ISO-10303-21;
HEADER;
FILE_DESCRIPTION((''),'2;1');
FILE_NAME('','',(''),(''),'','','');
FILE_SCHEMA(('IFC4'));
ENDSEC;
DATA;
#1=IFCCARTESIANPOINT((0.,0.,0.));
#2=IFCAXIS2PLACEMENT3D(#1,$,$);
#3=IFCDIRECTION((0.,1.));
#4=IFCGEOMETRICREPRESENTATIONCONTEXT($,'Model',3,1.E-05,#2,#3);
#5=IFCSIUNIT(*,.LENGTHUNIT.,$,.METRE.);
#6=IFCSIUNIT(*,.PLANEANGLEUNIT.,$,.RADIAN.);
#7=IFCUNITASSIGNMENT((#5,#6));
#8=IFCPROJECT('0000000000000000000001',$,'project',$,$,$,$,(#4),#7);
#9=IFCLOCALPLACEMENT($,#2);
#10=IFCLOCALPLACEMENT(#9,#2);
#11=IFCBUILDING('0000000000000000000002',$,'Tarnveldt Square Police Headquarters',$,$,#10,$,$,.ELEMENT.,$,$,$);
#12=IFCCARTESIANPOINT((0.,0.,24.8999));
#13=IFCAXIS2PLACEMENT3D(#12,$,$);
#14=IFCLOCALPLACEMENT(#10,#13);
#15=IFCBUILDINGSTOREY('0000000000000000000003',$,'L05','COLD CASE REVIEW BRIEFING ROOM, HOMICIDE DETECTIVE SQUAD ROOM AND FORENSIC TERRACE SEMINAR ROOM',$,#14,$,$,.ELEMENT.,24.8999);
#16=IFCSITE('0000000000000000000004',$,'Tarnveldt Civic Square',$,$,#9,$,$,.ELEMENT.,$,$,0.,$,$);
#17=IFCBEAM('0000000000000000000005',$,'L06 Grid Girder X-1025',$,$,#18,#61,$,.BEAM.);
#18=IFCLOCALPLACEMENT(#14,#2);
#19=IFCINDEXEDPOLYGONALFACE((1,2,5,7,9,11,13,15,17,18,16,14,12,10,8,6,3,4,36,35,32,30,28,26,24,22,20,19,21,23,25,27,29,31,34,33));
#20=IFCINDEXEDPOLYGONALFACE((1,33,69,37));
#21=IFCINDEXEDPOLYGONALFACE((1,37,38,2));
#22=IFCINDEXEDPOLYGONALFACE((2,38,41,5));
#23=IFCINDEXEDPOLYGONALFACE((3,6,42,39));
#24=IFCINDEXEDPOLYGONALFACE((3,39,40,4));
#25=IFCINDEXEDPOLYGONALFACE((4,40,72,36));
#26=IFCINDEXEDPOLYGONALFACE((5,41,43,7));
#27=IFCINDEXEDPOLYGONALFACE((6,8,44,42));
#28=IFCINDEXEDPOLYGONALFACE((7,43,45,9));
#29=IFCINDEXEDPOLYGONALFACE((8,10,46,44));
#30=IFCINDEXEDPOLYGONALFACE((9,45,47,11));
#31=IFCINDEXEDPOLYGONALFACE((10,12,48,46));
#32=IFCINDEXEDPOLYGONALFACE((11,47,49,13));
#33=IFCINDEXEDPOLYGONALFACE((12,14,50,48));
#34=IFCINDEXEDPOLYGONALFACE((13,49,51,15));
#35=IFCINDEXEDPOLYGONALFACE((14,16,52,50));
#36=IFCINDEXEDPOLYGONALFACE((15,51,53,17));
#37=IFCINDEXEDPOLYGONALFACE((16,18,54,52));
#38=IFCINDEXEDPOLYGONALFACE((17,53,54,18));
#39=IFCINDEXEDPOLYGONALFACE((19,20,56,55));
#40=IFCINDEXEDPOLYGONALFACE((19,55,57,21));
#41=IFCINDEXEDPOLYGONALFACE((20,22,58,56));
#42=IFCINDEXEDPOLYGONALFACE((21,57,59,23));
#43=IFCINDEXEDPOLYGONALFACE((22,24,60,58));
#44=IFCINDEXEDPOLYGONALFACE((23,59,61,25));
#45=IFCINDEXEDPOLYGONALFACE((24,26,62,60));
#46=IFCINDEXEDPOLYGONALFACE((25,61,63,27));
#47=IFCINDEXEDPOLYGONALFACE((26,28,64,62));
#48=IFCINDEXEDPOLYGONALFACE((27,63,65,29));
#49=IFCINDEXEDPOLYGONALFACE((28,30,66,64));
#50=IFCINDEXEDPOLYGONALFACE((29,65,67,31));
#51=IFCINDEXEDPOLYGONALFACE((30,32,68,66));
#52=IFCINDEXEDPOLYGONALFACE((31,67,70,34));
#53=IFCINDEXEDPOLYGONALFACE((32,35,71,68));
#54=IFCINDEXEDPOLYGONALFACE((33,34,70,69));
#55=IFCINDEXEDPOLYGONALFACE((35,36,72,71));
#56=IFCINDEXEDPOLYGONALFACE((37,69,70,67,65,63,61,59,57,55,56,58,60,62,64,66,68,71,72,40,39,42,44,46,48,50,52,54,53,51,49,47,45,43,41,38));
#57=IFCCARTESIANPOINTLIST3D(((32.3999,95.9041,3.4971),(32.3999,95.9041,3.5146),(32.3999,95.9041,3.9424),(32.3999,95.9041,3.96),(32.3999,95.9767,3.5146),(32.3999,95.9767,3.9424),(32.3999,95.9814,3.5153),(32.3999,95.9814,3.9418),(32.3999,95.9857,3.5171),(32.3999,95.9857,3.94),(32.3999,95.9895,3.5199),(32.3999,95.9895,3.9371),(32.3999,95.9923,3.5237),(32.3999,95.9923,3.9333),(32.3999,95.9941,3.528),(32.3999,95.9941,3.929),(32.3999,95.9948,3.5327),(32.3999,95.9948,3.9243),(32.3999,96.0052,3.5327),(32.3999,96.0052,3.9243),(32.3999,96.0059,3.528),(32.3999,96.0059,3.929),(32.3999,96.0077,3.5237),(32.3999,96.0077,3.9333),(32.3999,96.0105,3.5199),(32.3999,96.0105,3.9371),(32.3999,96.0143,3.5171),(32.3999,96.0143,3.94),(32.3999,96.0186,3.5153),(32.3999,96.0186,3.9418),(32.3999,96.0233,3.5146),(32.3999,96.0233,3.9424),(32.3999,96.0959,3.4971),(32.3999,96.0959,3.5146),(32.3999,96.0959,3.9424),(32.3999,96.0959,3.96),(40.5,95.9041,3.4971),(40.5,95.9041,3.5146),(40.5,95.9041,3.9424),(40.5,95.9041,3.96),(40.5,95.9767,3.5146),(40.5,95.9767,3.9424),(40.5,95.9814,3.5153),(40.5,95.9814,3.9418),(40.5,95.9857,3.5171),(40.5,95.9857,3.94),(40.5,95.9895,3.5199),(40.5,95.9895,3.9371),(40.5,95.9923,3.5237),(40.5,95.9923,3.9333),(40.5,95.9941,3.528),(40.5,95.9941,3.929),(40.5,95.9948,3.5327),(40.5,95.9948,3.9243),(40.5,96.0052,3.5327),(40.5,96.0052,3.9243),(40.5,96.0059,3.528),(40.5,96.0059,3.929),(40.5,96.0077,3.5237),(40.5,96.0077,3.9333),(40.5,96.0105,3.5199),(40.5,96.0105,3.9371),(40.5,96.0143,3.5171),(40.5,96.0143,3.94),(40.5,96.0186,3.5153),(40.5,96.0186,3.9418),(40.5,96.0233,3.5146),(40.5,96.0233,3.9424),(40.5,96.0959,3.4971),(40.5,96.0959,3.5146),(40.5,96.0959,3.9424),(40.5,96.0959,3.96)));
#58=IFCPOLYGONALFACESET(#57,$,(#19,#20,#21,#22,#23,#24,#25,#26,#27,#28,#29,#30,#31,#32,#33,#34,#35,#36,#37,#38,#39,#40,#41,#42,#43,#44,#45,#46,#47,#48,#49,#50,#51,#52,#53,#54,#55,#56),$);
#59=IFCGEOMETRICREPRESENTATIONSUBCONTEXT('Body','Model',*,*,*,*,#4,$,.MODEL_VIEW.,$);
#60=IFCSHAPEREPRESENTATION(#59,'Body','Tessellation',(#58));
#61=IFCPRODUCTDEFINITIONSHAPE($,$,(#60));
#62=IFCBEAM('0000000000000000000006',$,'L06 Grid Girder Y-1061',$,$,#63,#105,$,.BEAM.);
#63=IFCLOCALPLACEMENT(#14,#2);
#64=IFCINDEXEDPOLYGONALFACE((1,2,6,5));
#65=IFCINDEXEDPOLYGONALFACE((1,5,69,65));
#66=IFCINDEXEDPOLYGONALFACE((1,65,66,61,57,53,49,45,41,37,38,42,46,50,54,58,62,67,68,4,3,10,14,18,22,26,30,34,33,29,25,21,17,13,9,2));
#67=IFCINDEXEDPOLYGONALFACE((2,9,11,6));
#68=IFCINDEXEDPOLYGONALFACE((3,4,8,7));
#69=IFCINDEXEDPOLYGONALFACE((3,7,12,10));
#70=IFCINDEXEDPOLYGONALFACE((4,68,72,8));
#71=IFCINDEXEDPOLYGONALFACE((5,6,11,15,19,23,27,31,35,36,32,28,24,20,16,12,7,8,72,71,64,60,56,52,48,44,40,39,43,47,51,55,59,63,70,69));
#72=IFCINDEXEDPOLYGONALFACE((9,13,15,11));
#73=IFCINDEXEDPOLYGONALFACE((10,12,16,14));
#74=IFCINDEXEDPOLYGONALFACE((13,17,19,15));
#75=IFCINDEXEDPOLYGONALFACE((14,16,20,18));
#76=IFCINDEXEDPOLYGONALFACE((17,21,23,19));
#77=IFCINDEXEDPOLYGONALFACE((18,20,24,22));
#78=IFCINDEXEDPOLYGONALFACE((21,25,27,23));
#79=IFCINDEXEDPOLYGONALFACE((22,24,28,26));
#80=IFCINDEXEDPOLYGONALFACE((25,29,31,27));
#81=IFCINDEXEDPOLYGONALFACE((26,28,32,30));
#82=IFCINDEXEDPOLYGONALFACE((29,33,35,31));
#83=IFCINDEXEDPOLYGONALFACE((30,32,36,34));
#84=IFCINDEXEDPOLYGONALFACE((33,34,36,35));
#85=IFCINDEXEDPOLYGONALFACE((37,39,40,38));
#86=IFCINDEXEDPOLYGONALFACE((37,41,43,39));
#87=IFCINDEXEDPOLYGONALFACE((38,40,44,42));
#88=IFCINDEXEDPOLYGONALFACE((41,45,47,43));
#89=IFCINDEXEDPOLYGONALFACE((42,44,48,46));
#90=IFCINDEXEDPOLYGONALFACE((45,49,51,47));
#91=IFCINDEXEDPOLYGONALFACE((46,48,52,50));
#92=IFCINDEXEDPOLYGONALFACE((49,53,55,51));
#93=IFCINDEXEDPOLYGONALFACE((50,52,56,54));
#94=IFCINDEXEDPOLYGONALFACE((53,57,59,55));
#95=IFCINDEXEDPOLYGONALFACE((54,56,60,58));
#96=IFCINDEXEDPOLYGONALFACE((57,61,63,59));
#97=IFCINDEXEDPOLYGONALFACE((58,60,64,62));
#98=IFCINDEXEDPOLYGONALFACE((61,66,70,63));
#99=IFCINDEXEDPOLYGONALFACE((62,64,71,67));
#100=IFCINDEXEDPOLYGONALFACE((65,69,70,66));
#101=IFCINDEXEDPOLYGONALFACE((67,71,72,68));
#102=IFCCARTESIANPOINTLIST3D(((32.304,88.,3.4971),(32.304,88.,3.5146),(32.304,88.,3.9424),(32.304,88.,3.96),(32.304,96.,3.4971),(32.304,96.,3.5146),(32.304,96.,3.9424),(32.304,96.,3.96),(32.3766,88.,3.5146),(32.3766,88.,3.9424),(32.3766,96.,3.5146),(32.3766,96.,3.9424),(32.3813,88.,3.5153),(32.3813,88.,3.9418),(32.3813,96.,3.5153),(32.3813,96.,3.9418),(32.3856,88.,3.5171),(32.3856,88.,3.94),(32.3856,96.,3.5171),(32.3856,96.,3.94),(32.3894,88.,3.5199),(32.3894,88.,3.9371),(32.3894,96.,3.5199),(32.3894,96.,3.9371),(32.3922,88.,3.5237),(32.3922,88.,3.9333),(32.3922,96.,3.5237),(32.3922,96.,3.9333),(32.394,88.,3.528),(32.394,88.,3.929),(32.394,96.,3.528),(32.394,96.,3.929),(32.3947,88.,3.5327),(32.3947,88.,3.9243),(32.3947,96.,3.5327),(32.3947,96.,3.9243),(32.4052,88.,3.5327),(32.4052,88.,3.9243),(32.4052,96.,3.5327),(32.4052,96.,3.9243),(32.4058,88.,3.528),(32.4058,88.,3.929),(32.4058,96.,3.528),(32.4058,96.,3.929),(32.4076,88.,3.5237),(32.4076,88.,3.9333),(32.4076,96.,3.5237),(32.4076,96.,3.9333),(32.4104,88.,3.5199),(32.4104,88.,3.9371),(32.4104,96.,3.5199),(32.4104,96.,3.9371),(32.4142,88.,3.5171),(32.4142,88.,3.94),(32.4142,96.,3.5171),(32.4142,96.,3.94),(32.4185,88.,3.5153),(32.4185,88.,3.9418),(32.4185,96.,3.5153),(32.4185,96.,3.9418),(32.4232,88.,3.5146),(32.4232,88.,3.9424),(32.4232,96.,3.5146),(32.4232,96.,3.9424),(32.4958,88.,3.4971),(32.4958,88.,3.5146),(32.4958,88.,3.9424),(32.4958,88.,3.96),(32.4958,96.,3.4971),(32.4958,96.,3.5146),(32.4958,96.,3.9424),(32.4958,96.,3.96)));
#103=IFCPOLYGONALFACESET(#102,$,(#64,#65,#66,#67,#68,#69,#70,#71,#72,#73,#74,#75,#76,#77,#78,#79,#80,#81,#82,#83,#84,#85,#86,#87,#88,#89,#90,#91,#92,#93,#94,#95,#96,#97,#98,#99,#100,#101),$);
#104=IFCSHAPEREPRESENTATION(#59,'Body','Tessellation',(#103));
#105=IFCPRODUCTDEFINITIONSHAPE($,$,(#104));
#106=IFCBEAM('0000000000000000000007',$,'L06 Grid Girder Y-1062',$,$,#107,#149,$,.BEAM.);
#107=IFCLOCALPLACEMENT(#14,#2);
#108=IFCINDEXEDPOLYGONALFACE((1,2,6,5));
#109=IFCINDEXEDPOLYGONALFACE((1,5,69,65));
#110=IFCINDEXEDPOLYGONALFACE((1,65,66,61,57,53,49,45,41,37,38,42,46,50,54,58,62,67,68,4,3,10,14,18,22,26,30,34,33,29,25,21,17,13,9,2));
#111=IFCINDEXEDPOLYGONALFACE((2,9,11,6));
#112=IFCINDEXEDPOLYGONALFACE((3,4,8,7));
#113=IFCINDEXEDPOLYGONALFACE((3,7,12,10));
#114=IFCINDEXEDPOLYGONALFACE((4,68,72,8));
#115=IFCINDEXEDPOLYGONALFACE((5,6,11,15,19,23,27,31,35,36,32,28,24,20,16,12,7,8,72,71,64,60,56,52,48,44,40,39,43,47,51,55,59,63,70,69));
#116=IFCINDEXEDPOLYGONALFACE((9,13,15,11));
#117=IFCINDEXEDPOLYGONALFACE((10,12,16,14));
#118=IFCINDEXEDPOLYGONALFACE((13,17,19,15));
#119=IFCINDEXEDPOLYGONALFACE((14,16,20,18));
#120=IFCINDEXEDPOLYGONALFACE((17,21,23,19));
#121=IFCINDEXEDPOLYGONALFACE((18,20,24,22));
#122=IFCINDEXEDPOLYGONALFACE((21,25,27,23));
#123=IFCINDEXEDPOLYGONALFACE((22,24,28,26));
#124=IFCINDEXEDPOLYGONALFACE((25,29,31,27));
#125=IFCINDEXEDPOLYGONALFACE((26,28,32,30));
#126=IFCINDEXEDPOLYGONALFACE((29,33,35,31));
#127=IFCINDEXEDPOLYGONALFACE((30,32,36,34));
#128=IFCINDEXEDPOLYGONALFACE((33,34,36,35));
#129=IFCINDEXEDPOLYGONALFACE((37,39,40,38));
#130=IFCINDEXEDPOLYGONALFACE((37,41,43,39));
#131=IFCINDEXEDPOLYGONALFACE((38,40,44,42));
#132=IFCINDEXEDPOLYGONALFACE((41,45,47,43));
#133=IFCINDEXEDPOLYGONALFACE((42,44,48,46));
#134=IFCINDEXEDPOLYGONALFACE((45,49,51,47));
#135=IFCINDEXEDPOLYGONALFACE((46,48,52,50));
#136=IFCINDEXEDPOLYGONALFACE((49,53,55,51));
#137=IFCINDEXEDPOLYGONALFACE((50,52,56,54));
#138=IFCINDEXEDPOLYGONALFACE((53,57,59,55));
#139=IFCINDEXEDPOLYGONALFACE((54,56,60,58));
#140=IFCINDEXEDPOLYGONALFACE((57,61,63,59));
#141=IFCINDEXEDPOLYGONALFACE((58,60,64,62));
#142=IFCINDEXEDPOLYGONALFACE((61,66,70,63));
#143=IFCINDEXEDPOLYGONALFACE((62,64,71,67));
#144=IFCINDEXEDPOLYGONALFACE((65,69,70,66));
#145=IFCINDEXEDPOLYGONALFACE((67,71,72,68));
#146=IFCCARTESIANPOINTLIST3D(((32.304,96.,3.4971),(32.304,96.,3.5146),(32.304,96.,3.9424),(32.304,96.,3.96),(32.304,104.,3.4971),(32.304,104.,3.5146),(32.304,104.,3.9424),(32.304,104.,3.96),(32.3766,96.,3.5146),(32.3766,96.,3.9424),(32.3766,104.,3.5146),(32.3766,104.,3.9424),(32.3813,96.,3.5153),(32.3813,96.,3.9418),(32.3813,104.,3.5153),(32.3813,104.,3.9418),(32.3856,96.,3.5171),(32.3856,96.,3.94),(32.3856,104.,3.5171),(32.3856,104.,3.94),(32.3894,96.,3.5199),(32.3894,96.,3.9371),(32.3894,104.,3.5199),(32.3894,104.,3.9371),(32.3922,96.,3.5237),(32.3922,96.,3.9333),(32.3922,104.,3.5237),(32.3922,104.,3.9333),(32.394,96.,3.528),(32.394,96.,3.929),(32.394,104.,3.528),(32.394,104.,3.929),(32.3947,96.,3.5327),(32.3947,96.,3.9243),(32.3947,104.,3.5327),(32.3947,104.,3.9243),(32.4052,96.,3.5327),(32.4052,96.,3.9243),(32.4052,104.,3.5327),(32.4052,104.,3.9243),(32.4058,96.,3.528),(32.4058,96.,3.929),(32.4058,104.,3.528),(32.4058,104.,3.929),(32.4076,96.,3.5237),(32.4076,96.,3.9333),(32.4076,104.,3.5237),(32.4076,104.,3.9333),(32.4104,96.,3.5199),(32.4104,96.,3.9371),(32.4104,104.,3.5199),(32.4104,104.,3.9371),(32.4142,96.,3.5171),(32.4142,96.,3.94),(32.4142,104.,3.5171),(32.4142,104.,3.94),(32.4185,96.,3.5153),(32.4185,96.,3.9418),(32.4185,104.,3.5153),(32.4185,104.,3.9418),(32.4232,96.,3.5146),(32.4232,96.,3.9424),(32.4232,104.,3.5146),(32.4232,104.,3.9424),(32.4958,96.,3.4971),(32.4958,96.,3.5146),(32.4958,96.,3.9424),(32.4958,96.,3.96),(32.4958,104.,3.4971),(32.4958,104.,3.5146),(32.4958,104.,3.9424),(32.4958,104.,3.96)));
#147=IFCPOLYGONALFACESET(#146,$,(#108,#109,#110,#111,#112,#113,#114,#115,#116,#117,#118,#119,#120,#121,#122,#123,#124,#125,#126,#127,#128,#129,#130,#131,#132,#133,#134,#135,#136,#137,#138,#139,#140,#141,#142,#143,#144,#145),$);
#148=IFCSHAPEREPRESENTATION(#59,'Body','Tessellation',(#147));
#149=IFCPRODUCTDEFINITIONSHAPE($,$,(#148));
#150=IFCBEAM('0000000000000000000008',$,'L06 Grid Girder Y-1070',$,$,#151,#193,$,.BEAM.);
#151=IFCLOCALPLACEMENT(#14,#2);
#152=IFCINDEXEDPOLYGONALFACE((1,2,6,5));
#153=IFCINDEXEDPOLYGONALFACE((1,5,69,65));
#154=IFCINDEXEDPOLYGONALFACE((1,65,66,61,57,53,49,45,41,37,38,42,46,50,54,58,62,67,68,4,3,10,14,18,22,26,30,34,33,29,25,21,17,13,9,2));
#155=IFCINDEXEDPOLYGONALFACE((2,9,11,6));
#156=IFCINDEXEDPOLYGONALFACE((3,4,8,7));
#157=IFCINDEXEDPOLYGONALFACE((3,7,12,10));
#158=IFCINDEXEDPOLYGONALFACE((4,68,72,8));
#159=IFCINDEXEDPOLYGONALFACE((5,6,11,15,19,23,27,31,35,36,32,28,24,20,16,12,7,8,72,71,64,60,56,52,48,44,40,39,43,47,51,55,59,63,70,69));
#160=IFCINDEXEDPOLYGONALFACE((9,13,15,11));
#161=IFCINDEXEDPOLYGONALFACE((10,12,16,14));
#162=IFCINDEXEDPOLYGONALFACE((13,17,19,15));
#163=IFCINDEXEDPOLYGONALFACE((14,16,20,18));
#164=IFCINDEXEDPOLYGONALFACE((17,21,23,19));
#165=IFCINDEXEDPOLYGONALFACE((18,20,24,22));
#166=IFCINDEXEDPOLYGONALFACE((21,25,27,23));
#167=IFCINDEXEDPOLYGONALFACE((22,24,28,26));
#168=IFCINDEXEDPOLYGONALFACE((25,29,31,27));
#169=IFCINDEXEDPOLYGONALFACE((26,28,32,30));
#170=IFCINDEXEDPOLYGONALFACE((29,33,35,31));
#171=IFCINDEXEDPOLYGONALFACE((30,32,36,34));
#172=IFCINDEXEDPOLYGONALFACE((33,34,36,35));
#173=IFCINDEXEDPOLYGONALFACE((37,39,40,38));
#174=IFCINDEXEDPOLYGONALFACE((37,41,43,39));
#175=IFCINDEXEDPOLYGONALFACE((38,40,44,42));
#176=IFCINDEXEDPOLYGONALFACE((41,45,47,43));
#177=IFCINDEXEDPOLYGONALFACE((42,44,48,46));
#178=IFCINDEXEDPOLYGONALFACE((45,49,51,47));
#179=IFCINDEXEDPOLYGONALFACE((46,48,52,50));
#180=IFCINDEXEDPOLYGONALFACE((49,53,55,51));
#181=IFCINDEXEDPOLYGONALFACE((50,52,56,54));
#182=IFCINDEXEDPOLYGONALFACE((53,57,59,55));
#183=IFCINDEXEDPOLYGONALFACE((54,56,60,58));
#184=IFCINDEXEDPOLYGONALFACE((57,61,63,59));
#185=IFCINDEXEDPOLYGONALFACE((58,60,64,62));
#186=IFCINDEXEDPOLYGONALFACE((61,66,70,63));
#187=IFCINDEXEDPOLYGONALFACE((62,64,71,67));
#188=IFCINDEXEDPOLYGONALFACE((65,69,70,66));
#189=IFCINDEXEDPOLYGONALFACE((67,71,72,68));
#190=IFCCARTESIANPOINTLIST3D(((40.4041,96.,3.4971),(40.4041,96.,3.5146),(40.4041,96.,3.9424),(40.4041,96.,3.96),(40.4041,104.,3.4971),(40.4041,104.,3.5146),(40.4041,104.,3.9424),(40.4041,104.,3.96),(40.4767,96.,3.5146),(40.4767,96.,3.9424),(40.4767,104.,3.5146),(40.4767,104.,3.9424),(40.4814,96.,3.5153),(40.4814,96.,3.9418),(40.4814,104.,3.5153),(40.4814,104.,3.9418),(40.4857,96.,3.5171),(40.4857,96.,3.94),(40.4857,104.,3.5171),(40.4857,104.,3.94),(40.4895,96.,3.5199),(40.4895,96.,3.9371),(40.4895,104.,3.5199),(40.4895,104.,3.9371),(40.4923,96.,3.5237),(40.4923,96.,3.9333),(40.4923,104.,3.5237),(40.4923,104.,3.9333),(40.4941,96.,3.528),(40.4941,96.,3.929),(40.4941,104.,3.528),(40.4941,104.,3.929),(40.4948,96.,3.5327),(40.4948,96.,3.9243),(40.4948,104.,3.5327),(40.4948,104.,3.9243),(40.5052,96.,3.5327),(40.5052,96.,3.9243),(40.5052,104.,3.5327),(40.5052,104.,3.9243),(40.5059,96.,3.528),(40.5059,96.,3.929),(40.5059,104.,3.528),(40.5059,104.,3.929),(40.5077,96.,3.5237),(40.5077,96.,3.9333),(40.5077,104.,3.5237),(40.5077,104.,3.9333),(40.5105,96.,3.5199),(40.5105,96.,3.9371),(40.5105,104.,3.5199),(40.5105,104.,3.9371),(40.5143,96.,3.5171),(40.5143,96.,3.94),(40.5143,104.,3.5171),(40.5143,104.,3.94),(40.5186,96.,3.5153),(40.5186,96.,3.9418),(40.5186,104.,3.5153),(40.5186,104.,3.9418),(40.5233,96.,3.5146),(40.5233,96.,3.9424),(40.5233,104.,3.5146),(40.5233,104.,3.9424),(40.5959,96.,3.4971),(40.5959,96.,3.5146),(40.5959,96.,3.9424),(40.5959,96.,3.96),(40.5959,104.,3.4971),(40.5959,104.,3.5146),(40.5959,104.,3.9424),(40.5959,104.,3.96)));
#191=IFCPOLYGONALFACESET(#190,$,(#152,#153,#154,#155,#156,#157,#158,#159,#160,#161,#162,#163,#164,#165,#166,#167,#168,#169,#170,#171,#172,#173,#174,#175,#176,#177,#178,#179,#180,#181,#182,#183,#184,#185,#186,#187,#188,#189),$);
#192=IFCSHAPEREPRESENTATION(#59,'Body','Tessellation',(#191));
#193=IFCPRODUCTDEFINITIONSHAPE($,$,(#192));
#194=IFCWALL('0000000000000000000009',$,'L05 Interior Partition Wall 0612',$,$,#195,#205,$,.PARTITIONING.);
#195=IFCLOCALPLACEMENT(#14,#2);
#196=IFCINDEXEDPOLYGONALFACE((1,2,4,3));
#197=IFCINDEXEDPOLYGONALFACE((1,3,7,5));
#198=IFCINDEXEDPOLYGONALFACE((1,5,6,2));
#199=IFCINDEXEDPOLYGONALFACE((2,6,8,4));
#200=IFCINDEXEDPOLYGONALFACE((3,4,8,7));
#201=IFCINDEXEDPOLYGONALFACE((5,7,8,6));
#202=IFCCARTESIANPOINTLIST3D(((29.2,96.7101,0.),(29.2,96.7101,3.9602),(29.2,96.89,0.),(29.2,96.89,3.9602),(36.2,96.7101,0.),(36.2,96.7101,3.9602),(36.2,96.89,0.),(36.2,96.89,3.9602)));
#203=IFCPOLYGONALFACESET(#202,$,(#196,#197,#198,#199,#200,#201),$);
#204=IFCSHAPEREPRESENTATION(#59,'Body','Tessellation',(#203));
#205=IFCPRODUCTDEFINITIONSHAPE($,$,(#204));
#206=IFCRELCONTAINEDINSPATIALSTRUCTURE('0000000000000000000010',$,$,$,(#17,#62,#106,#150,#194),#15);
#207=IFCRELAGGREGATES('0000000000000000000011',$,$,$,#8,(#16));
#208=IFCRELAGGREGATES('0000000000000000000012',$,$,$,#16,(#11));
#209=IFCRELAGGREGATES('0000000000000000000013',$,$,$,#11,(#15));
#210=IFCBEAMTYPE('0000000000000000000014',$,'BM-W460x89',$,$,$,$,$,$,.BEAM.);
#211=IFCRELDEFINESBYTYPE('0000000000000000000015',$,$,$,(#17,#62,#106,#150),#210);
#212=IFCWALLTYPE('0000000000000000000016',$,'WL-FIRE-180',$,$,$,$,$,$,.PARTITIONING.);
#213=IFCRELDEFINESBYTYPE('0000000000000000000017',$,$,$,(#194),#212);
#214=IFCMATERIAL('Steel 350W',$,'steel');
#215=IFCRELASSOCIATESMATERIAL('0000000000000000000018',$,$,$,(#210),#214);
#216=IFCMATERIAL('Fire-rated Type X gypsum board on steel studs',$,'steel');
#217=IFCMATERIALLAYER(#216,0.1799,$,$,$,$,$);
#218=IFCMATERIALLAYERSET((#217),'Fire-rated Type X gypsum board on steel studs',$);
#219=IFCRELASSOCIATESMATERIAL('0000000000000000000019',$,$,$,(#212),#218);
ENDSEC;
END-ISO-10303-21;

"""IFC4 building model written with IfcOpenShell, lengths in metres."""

from ifc_helpers import new_model, si_unit, direction, frame, frame_2d, origin, origin_2d, place, context, subcontext, project, spatial, rectangle, i_section, extrude, material, layer, layer_set, material_profile, profile_set, type_object, element, save


model = new_model("IFC4")

# Units and contexts
model_context = context("Model", 3, precision=1e-05, world=origin(), true_north=direction((0.0, 1.0)))
body_context = subcontext(model_context, "Body", "Model", "MODEL_VIEW")
ifc_project = project(units=[si_unit("LENGTHUNIT", "METRE"), si_unit("PLANEANGLEUNIT", "RADIAN")], contexts=[model_context])

# Site, building, storey
site_placement = place(None, origin())
site = spatial("IfcSite", under=ifc_project, at=site_placement, Name="Tarnveldt Civic Square", CompositionType="ELEMENT", RefElevation=0.0)
building_placement = place(site_placement, origin())
building = spatial("IfcBuilding", under=site, at=building_placement, Name="Tarnveldt Square Police Headquarters", CompositionType="ELEMENT")
storey_placement = place(building_placement, frame((0.0, 0.0, 24.8999)))
storey = spatial("IfcBuildingStorey", under=building, at=storey_placement, Name="L05", Description="COLD CASE REVIEW BRIEFING ROOM, HOMICIDE DETECTIVE SQUAD ROOM AND FORENSIC TERRACE SEMINAR ROOM", CompositionType="ELEMENT", Elevation=24.8999)

# Shared definitions
ifc_material_1 = material(Name="Steel 350W", Category="steel")

# Beams
ifc_material_profile_1 = material_profile(ifc_material_1, i_section(OverallWidth=0.1919, OverallDepth=0.4629, WebThickness=0.0105, FlangeThickness=0.0176, FilletRadius=0.0181, at=origin_2d()), Name="W460x89")
ifc_profile_set_1 = profile_set([ifc_material_profile_1], Name="Steel 350W")
beam_type_1 = type_object("IfcBeamType", Name="BM-W460x89", PredefinedType="BEAM", material=ifc_profile_set_1)
beam_1_placement = place(storey_placement, frame((32.3999, 96.0, 3.7285), z_axis=(1.0, 0.0, 0.0), x_axis=(0.0, 1.0, 0.0)))
element("IfcBeam", 1, at=beam_1_placement, inside=storey, type_object=beam_type_1, Name="L06 Grid Girder X-1025", PredefinedType="BEAM", context=body_context, shape_type="SweptSolid", body=[
    extrude(i_section(OverallWidth=0.1919, OverallDepth=0.4629, WebThickness=0.0105, FlangeThickness=0.0176, FilletRadius=0.0181, at=origin_2d()), origin(), (0.0, 0.0, 1.0), 8.1001),
])
for number, where, z_axis, x_axis, name in (
    (2, (32.3999, 88.0, 3.7285), (0.0, 1.0, 0.0), (-1.0, 0.0, 0.0), "L06 Grid Girder Y-1061"),
    (3, (32.3999, 96.0, 3.7285), (0.0, 1.0, 0.0), (-1.0, 0.0, 0.0), "L06 Grid Girder Y-1062"),
    (4, (40.5, 96.0, 3.7285), (0.0, 1.0, 0.0), (-1.0, 0.0, 0.0), "L06 Grid Girder Y-1070"),
):
    element("IfcBeam", number, at=place(storey_placement, frame(where, z_axis=z_axis, x_axis=x_axis)), inside=storey, type_object=beam_type_1, Name=name, PredefinedType="BEAM", context=body_context, shape_type="SweptSolid", body=[
        extrude(i_section(OverallWidth=0.1919, OverallDepth=0.4629, WebThickness=0.0105, FlangeThickness=0.0176, FilletRadius=0.0181, at=origin_2d()), origin(), (0.0, 0.0, 1.0), 8.0),
    ])

# Wall
ifc_material_2 = material(Name="Fire-rated Type X gypsum board on steel studs", Category="steel")
ifc_layer = layer(ifc_material_2, 0.1799)
ifc_layer_set = layer_set([ifc_layer], Name="Fire-rated Type X gypsum board on steel studs")
wall_type = type_object("IfcWallType", Name="WL-FIRE-180", PredefinedType="PARTITIONING", material=ifc_layer_set)
wall_1_placement = place(storey_placement, frame((29.2, 96.8, 0.0), z_axis=(0.0, 0.0, 1.0), x_axis=(1.0, 0.0, 0.0)))
element("IfcWall", 5, at=wall_1_placement, inside=storey, type_object=wall_type, Name="L05 Interior Partition Wall 0612", PredefinedType="PARTITIONING", context=body_context, shape_type="SweptSolid", body=[
    extrude(rectangle(XDim=7.0, YDim=0.1799, at=frame_2d((3.5, 0.0))), origin(), (0.0, 0.0, 1.0), 3.9602),
])

save(model, "model.ifc")
